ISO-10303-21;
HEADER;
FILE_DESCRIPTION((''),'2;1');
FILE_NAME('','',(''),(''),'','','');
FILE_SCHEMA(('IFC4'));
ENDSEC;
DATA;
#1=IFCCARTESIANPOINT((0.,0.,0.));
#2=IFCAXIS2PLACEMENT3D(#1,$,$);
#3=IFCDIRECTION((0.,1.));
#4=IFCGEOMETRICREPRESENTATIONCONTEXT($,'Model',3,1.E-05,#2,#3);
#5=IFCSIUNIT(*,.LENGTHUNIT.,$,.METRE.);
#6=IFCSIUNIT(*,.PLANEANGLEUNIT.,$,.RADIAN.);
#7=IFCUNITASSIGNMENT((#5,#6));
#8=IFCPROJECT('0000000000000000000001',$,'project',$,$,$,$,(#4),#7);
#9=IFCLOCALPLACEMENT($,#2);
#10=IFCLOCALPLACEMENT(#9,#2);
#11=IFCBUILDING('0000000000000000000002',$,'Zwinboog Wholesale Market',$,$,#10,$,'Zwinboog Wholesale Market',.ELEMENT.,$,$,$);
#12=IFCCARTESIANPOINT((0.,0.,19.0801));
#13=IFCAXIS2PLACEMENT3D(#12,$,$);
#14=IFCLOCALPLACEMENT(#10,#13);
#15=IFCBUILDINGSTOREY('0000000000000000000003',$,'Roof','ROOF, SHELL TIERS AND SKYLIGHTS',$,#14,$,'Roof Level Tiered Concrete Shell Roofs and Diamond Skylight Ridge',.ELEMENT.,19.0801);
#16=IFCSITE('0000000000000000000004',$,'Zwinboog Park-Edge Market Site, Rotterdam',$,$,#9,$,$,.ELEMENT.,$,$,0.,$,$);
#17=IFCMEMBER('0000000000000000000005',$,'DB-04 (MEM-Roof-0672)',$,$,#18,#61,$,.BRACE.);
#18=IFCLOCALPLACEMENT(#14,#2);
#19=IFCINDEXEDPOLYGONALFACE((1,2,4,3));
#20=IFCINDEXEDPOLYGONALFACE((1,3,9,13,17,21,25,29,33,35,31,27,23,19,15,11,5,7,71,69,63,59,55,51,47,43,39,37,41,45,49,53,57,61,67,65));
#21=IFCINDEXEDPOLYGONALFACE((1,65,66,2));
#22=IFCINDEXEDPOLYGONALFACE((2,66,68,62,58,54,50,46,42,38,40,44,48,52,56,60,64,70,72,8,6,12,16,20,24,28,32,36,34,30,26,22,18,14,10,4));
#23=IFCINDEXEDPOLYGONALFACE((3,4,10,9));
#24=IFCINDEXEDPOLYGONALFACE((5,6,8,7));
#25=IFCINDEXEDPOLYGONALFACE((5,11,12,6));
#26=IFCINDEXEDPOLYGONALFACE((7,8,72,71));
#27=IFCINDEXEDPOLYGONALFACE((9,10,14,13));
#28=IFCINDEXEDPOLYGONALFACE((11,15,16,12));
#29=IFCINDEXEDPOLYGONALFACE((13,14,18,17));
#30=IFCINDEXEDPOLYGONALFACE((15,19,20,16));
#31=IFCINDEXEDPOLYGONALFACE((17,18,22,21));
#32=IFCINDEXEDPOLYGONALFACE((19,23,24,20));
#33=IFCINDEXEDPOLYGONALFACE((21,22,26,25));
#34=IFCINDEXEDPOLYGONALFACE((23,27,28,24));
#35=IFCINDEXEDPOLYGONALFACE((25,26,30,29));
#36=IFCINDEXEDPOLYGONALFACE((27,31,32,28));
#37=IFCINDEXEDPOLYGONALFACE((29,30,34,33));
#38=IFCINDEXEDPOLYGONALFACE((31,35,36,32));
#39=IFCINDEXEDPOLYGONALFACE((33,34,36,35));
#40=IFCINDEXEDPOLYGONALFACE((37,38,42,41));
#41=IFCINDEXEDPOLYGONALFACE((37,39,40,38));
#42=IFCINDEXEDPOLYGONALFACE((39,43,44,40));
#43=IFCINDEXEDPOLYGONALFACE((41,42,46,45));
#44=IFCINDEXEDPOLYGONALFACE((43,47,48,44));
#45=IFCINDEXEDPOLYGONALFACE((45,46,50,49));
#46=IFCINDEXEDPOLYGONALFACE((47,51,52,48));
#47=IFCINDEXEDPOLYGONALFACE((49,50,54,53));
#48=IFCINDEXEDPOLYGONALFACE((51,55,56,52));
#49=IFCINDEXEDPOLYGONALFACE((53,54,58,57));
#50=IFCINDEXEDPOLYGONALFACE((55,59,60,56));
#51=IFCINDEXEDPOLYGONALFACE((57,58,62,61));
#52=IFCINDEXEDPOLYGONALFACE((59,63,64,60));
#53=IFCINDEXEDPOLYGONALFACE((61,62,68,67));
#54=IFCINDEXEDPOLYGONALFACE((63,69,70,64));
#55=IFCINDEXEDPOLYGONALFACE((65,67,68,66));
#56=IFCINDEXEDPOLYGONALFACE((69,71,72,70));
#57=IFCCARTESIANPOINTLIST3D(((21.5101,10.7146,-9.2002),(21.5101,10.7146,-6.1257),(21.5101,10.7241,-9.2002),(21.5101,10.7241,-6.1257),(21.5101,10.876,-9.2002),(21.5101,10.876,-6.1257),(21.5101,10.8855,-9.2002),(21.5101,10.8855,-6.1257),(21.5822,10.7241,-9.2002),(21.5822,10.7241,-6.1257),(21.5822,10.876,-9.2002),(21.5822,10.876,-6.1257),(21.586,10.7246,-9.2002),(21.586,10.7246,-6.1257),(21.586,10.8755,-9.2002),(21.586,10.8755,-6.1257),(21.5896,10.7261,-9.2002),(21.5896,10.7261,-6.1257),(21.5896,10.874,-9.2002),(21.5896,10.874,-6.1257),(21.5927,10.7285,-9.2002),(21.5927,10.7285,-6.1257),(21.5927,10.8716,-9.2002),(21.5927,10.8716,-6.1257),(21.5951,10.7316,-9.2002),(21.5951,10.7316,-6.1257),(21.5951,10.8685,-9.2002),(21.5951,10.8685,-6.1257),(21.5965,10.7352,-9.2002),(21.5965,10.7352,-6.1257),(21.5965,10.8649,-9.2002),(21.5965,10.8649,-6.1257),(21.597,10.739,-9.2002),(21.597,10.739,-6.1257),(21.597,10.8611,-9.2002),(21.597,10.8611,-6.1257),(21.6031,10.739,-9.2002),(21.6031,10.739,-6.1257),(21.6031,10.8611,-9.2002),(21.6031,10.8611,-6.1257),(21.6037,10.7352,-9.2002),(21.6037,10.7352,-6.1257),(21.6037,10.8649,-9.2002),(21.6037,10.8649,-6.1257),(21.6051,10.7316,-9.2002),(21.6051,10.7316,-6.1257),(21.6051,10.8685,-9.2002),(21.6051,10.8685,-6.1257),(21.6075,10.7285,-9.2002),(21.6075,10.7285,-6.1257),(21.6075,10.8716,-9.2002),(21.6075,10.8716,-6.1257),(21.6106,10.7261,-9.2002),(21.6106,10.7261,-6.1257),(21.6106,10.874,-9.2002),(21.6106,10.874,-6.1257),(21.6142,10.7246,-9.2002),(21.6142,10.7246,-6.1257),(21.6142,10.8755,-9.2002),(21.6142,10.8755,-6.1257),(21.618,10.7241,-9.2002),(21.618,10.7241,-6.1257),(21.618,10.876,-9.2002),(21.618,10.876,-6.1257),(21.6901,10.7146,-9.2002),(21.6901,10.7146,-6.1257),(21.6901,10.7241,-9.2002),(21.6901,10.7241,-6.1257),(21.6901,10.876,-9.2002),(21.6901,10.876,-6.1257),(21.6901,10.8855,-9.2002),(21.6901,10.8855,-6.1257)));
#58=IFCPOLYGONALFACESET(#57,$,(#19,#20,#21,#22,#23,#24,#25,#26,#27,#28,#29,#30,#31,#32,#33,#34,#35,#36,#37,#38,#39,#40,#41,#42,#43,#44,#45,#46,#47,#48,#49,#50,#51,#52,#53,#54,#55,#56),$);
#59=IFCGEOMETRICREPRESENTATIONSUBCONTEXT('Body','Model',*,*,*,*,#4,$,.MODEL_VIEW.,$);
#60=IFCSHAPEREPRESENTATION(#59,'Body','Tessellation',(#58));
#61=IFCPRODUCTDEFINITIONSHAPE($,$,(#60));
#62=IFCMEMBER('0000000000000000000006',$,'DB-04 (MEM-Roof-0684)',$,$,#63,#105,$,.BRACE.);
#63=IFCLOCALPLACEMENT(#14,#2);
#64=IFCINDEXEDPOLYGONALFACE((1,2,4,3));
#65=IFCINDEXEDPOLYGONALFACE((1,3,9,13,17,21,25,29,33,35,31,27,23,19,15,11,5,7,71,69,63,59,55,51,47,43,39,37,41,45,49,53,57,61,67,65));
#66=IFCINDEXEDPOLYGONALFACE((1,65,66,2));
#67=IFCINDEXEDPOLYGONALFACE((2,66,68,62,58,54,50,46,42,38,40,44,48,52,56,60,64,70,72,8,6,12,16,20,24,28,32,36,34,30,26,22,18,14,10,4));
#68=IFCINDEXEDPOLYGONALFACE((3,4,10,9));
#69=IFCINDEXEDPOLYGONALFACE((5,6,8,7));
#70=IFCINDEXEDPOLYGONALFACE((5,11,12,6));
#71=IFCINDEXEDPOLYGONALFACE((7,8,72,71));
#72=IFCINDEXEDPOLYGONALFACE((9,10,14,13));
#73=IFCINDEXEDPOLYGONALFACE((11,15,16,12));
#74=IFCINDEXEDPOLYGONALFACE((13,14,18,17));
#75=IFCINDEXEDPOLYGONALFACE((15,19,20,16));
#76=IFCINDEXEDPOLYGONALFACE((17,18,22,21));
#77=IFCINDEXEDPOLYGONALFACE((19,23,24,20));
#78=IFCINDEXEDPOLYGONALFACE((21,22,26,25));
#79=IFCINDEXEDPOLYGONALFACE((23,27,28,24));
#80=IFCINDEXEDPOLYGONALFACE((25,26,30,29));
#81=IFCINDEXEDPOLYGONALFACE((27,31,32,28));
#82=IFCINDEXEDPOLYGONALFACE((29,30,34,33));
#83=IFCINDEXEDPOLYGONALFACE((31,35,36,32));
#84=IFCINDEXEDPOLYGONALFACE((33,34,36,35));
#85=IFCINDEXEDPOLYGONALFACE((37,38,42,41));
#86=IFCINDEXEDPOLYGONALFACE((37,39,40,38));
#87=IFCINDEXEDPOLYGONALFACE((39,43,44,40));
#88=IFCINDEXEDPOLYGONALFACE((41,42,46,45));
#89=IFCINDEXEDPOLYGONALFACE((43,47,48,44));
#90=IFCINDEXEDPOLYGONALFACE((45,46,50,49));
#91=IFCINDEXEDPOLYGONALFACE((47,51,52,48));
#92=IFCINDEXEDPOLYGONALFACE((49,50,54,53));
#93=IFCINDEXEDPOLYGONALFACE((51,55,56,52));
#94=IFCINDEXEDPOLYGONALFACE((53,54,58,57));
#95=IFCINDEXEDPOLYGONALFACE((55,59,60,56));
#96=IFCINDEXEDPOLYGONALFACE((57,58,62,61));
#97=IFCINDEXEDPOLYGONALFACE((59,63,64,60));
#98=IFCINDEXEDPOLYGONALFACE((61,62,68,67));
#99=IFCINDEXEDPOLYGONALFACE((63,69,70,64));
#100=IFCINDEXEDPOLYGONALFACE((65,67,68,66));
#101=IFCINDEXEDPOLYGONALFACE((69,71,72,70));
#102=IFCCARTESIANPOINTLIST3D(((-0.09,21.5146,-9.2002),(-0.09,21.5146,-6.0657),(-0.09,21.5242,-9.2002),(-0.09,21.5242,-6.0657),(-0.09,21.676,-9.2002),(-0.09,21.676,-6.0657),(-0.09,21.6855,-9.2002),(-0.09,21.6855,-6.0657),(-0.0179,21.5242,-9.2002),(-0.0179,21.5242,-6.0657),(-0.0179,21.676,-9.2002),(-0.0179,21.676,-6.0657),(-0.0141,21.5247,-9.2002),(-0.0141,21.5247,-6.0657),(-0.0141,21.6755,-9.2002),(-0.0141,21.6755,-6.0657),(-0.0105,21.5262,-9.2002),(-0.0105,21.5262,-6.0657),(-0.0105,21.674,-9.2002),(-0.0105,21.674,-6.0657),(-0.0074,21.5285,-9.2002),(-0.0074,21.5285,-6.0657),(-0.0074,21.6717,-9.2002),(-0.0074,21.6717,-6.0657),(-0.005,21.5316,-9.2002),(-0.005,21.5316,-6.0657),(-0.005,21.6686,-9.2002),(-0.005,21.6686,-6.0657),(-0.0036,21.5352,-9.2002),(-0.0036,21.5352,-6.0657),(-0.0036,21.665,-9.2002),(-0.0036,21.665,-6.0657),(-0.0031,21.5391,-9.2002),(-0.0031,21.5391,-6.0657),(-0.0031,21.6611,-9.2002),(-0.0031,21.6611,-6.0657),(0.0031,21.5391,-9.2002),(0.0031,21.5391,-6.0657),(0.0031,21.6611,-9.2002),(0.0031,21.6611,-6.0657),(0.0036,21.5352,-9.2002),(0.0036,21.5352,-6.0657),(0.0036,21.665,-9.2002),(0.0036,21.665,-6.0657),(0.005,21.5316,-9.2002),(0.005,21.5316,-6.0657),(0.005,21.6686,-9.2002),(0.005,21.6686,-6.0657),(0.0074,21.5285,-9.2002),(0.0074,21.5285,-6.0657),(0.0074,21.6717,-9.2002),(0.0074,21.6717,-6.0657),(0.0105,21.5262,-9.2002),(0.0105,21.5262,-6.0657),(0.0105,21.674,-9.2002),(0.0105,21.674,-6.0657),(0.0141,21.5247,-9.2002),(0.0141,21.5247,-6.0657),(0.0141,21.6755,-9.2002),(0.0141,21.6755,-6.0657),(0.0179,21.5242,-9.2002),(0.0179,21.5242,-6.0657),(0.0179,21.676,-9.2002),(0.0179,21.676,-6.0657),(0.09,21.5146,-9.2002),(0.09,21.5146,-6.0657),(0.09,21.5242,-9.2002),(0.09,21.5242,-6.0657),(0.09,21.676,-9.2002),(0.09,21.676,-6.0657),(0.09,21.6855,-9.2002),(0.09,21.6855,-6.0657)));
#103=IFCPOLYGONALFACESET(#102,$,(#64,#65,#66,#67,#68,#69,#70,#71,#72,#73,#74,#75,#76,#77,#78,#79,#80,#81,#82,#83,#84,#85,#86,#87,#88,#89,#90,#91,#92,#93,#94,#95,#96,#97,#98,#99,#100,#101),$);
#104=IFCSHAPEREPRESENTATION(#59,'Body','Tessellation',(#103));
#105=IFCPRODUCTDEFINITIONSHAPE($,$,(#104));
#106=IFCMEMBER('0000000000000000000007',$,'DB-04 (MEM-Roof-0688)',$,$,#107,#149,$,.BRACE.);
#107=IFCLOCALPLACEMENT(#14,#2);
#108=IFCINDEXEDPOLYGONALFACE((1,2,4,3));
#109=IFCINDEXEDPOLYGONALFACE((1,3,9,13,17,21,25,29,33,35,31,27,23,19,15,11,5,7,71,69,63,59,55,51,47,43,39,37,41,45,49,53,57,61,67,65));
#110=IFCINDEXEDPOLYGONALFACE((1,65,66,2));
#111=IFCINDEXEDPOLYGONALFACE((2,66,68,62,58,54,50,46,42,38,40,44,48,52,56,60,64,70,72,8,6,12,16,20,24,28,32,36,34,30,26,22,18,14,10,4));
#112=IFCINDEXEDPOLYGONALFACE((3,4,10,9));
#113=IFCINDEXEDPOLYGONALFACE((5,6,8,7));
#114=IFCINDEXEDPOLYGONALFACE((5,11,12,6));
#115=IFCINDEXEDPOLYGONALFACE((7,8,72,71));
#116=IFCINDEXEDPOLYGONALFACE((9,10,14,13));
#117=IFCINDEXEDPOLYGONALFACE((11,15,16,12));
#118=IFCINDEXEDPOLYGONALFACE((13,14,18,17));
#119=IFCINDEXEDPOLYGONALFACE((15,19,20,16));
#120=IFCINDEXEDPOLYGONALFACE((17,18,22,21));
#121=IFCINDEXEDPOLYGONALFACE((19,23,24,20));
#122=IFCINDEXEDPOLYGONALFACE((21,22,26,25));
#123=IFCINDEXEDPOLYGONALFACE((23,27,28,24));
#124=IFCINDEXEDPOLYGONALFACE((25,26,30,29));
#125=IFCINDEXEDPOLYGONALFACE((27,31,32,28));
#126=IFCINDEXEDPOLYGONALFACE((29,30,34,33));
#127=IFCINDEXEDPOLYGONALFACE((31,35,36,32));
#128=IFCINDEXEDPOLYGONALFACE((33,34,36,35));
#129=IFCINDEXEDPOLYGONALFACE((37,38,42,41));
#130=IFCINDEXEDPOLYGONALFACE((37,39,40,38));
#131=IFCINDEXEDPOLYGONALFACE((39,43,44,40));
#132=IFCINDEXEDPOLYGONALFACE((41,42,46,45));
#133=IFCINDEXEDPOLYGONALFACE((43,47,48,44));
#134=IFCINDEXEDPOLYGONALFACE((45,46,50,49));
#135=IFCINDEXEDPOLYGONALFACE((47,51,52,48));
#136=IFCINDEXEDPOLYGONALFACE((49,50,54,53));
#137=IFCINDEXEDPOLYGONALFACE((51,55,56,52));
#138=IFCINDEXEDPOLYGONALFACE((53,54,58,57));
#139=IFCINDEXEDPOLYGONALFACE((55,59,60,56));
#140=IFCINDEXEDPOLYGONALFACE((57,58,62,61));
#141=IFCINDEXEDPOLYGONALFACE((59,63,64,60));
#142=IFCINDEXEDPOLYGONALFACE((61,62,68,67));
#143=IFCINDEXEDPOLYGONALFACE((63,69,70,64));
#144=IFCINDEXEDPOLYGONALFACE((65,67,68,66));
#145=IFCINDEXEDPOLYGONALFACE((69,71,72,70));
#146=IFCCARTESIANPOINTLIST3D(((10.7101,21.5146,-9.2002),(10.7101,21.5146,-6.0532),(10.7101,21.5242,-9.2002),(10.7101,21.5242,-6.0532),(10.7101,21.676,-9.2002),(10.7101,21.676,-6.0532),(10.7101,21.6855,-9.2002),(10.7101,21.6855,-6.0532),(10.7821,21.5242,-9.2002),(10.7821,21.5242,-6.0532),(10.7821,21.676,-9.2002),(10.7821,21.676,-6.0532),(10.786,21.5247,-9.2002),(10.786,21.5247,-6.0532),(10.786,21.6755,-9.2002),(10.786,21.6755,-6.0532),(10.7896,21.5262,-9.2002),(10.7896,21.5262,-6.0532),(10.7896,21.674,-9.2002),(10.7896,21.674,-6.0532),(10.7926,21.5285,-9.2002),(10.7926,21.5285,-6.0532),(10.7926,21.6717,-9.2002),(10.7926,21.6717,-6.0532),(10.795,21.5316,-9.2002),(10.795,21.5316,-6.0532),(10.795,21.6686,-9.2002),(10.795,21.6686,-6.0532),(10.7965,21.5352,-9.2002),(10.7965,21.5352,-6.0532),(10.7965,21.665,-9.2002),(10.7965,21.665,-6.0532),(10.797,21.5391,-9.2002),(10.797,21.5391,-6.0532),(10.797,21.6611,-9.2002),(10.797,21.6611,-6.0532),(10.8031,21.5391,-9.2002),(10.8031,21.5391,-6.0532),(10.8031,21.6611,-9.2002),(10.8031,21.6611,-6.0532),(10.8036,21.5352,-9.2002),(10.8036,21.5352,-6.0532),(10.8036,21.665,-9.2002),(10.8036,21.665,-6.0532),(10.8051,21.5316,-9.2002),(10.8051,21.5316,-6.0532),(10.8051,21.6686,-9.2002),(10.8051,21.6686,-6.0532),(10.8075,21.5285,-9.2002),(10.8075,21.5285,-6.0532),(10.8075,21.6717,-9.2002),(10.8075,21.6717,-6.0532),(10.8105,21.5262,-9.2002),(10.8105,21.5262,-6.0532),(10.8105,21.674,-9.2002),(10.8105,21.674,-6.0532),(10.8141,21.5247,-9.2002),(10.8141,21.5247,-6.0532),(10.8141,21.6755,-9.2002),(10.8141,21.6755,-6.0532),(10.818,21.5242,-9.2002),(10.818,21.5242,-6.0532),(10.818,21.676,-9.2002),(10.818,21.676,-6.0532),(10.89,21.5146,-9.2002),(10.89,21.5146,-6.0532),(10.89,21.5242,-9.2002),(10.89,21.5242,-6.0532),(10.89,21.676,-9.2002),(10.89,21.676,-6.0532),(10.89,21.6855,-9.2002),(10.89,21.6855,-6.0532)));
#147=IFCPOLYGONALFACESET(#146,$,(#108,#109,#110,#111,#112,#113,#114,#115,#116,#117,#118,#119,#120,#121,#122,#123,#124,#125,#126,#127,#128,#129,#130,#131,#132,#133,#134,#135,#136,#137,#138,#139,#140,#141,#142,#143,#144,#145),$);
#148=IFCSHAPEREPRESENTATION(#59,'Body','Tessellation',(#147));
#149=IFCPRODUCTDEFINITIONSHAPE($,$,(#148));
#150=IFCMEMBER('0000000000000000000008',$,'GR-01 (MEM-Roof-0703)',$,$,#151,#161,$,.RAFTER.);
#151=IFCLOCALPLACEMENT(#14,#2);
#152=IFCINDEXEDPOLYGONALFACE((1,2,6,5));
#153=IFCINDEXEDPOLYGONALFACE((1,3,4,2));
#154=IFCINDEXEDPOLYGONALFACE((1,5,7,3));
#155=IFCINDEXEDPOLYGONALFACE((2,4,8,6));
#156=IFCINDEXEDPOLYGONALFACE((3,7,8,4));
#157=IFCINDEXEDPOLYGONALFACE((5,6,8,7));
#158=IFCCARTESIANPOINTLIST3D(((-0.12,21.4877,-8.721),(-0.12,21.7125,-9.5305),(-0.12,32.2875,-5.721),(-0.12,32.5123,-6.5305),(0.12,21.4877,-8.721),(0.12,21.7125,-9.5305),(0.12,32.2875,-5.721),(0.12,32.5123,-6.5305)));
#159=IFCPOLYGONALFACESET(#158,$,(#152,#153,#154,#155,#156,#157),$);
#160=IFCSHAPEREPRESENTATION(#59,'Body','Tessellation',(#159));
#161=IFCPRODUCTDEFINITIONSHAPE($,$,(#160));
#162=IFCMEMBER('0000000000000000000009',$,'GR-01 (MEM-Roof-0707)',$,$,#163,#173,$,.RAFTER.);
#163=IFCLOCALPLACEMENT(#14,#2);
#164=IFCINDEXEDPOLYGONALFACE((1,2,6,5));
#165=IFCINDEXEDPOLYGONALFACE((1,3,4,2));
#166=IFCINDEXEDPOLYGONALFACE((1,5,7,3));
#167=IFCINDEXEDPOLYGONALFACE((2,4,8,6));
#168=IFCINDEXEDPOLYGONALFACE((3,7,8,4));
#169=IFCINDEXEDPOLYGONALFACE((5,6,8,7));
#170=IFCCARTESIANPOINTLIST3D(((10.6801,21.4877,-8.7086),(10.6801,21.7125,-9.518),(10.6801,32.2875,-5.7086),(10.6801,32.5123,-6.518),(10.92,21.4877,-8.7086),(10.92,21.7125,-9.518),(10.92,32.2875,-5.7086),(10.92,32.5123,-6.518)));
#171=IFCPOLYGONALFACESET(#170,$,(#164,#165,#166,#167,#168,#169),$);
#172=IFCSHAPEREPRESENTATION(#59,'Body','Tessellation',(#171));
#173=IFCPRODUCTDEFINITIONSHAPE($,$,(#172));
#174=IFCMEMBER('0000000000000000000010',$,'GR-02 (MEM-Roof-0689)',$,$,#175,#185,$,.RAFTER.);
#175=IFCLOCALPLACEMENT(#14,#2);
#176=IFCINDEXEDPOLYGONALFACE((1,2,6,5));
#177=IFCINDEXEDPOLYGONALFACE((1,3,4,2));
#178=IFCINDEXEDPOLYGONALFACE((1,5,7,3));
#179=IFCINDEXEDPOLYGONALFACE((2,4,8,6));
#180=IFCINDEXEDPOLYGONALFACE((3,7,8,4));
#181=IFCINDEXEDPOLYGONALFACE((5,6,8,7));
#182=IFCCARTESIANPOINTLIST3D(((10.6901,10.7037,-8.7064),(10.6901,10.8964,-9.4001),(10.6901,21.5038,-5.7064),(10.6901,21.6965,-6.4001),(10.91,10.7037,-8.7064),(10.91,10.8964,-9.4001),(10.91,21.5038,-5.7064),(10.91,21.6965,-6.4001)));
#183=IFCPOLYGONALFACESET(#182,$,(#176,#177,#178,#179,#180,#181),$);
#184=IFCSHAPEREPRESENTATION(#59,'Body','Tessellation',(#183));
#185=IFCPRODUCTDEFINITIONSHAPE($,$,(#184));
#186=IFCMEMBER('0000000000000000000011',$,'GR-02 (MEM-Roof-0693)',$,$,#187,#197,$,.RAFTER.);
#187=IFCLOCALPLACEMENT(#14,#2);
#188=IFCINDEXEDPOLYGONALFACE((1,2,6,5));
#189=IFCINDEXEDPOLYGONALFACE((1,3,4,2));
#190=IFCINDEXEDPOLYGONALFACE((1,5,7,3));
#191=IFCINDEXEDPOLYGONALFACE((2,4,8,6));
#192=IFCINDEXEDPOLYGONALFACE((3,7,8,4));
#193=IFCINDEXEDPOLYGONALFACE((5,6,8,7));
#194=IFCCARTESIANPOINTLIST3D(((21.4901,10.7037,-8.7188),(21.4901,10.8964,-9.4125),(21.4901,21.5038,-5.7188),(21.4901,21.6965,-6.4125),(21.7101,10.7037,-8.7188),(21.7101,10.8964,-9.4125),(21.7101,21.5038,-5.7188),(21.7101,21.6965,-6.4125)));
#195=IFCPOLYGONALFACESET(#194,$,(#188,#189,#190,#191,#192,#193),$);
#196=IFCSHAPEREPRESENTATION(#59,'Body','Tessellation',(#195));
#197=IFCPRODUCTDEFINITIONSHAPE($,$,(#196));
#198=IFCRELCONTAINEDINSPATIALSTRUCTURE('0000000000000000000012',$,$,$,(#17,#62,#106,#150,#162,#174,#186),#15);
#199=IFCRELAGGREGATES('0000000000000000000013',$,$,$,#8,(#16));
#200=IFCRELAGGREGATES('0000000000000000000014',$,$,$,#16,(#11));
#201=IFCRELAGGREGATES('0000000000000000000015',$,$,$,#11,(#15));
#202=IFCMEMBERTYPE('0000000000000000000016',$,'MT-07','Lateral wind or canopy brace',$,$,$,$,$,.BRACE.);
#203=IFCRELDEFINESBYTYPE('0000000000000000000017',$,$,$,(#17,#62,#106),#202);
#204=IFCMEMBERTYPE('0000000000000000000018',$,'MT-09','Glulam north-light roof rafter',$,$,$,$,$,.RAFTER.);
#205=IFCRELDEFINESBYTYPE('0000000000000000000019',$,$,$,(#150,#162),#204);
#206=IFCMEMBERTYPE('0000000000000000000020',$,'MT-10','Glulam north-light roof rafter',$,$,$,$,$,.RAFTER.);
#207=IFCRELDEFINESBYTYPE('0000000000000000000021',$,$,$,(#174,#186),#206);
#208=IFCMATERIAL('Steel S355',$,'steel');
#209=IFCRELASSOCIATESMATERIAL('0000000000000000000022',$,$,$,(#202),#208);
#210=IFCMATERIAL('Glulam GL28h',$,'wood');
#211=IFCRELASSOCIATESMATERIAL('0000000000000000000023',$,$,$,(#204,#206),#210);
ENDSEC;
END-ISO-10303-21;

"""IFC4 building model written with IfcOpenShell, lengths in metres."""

from ifc_helpers import new_model, si_unit, direction, frame, origin, origin_2d, place, context, subcontext, project, spatial, rectangle, i_section, extrude, material, material_profile, profile_set, type_object, element, save


model = new_model("IFC4")

# Units and contexts
model_context = context("Model", 3, precision=1e-05, world=origin(), true_north=direction((0.0, 1.0)))
body_context = subcontext(model_context, "Body", "Model", "MODEL_VIEW")
ifc_project = project(units=[si_unit("LENGTHUNIT", "METRE"), si_unit("PLANEANGLEUNIT", "RADIAN")], contexts=[model_context])

# Site, building, storey
site_placement = place(None, origin())
site = spatial("IfcSite", under=ifc_project, at=site_placement, Name="Zwinboog Park-Edge Market Site, Rotterdam", CompositionType="ELEMENT", RefElevation=0.0)
building_placement = place(site_placement, origin())
building = spatial("IfcBuilding", under=site, at=building_placement, Name="Zwinboog Wholesale Market", LongName="Zwinboog Wholesale Market", CompositionType="ELEMENT")
storey_placement = place(building_placement, frame((0.0, 0.0, 19.0801)))
storey = spatial("IfcBuildingStorey", under=building, at=storey_placement, Name="Roof", Description="ROOF, SHELL TIERS AND SKYLIGHTS", LongName="Roof Level Tiered Concrete Shell Roofs and Diamond Skylight Ridge", CompositionType="ELEMENT", Elevation=19.0801)

# Members
ifc_material_1 = material(Name="Steel S355", Category="steel")
ifc_material_profile_1 = material_profile(ifc_material_1, i_section(OverallWidth=0.1799, OverallDepth=0.1709, WebThickness=0.0061, FlangeThickness=0.0095, FilletRadius=0.0149, at=origin_2d()), Name="HEA 180")
ifc_profile_set_1 = profile_set([ifc_material_profile_1], Name="Steel S355")
member_type_1 = type_object("IfcMemberType", Name="MT-07", Description="Lateral wind or canopy brace", PredefinedType="BRACE", material=ifc_profile_set_1)
member_1_placement = place(storey_placement, frame((21.6001, 10.8, -9.2002), z_axis=(0.0, 0.0, 1.0), x_axis=(1.0, 0.0, 0.0)))
element("IfcMember", 1, at=member_1_placement, inside=storey, type_object=member_type_1, Name="DB-04 (MEM-Roof-0672)", PredefinedType="BRACE", context=body_context, shape_type="SweptSolid", body=[
    extrude(i_section(OverallWidth=0.1799, OverallDepth=0.1709, WebThickness=0.0061, FlangeThickness=0.0095, FilletRadius=0.0149, at=origin_2d()), origin(), (0.0, 0.0, 1.0), 3.0745),
])
member_2_placement = place(storey_placement, frame((0.0, 21.6001, -9.2002), z_axis=(0.0, 0.0, 1.0), x_axis=(1.0, 0.0, 0.0)))
element("IfcMember", 2, at=member_2_placement, inside=storey, type_object=member_type_1, Name="DB-04 (MEM-Roof-0684)", PredefinedType="BRACE", context=body_context, shape_type="SweptSolid", body=[
    extrude(i_section(OverallWidth=0.1799, OverallDepth=0.1709, WebThickness=0.0061, FlangeThickness=0.0095, FilletRadius=0.0149, at=origin_2d()), origin(), (0.0, 0.0, 1.0), 3.1345),
])
member_3_placement = place(storey_placement, frame((10.8, 21.6001, -9.2002), z_axis=(0.0, 0.0, 1.0), x_axis=(1.0, 0.0, 0.0)))
element("IfcMember", 3, at=member_3_placement, inside=storey, type_object=member_type_1, Name="DB-04 (MEM-Roof-0688)", PredefinedType="BRACE", context=body_context, shape_type="SweptSolid", body=[
    extrude(i_section(OverallWidth=0.1799, OverallDepth=0.1709, WebThickness=0.0061, FlangeThickness=0.0095, FilletRadius=0.0149, at=origin_2d()), origin(), (0.0, 0.0, 1.0), 3.147),
])
ifc_material_2 = material(Name="Glulam GL28h", Category="wood")
ifc_material_profile_2 = material_profile(ifc_material_2, rectangle(XDim=0.24, YDim=0.8401, at=origin_2d()), Name="GL28h 240x840")
ifc_profile_set_2 = profile_set([ifc_material_profile_2], Name="Glulam GL28h")
member_type_2 = type_object("IfcMemberType", Name="MT-09", Description="Glulam north-light roof rafter", PredefinedType="RAFTER", material=ifc_profile_set_2)
for number, where, z_axis, x_axis, name in (
    (4, (0.0, 21.6001, -9.1257), (0.0, 0.963517, 0.267648), (-1.0, 0.0, 0.0), "GR-01 (MEM-Roof-0703)"),
    (5, (10.8, 21.6001, -9.1133), (0.0, 0.963517, 0.267648), (-1.0, 0.0, 0.0), "GR-01 (MEM-Roof-0707)"),
):
    element("IfcMember", number, at=place(storey_placement, frame(where, z_axis=z_axis, x_axis=x_axis)), inside=storey, type_object=member_type_2, Name=name, PredefinedType="RAFTER", context=body_context, shape_type="SweptSolid", body=[
        extrude(rectangle(XDim=0.24, YDim=0.8401, at=origin_2d()), origin(), (0.0, 0.0, 1.0), 11.2087),
    ])
ifc_material_profile_3 = material_profile(ifc_material_2, rectangle(XDim=0.22, YDim=0.72, at=origin_2d()), Name="GL28h 220x720")
ifc_profile_set_3 = profile_set([ifc_material_profile_3], Name="Glulam GL28h")
member_type_3 = type_object("IfcMemberType", Name="MT-10", Description="Glulam north-light roof rafter", PredefinedType="RAFTER", material=ifc_profile_set_3)
for number, where, z_axis, x_axis, name in (
    (6, (10.8, 10.8, -9.0532), (0.0, 0.963518, 0.267643), (-1.0, 0.0, 0.0), "GR-02 (MEM-Roof-0689)"),
    (7, (21.6001, 10.8, -9.0657), (0.0, 0.963518, 0.267643), (-1.0, 0.0, 0.0), "GR-02 (MEM-Roof-0693)"),
):
    element("IfcMember", number, at=place(storey_placement, frame(where, z_axis=z_axis, x_axis=x_axis)), inside=storey, type_object=member_type_3, Name=name, PredefinedType="RAFTER", context=body_context, shape_type="SweptSolid", body=[
        extrude(rectangle(XDim=0.22, YDim=0.72, at=origin_2d()), origin(), (0.0, 0.0, 1.0), 11.209),
    ])

save(model, "model.ifc")
